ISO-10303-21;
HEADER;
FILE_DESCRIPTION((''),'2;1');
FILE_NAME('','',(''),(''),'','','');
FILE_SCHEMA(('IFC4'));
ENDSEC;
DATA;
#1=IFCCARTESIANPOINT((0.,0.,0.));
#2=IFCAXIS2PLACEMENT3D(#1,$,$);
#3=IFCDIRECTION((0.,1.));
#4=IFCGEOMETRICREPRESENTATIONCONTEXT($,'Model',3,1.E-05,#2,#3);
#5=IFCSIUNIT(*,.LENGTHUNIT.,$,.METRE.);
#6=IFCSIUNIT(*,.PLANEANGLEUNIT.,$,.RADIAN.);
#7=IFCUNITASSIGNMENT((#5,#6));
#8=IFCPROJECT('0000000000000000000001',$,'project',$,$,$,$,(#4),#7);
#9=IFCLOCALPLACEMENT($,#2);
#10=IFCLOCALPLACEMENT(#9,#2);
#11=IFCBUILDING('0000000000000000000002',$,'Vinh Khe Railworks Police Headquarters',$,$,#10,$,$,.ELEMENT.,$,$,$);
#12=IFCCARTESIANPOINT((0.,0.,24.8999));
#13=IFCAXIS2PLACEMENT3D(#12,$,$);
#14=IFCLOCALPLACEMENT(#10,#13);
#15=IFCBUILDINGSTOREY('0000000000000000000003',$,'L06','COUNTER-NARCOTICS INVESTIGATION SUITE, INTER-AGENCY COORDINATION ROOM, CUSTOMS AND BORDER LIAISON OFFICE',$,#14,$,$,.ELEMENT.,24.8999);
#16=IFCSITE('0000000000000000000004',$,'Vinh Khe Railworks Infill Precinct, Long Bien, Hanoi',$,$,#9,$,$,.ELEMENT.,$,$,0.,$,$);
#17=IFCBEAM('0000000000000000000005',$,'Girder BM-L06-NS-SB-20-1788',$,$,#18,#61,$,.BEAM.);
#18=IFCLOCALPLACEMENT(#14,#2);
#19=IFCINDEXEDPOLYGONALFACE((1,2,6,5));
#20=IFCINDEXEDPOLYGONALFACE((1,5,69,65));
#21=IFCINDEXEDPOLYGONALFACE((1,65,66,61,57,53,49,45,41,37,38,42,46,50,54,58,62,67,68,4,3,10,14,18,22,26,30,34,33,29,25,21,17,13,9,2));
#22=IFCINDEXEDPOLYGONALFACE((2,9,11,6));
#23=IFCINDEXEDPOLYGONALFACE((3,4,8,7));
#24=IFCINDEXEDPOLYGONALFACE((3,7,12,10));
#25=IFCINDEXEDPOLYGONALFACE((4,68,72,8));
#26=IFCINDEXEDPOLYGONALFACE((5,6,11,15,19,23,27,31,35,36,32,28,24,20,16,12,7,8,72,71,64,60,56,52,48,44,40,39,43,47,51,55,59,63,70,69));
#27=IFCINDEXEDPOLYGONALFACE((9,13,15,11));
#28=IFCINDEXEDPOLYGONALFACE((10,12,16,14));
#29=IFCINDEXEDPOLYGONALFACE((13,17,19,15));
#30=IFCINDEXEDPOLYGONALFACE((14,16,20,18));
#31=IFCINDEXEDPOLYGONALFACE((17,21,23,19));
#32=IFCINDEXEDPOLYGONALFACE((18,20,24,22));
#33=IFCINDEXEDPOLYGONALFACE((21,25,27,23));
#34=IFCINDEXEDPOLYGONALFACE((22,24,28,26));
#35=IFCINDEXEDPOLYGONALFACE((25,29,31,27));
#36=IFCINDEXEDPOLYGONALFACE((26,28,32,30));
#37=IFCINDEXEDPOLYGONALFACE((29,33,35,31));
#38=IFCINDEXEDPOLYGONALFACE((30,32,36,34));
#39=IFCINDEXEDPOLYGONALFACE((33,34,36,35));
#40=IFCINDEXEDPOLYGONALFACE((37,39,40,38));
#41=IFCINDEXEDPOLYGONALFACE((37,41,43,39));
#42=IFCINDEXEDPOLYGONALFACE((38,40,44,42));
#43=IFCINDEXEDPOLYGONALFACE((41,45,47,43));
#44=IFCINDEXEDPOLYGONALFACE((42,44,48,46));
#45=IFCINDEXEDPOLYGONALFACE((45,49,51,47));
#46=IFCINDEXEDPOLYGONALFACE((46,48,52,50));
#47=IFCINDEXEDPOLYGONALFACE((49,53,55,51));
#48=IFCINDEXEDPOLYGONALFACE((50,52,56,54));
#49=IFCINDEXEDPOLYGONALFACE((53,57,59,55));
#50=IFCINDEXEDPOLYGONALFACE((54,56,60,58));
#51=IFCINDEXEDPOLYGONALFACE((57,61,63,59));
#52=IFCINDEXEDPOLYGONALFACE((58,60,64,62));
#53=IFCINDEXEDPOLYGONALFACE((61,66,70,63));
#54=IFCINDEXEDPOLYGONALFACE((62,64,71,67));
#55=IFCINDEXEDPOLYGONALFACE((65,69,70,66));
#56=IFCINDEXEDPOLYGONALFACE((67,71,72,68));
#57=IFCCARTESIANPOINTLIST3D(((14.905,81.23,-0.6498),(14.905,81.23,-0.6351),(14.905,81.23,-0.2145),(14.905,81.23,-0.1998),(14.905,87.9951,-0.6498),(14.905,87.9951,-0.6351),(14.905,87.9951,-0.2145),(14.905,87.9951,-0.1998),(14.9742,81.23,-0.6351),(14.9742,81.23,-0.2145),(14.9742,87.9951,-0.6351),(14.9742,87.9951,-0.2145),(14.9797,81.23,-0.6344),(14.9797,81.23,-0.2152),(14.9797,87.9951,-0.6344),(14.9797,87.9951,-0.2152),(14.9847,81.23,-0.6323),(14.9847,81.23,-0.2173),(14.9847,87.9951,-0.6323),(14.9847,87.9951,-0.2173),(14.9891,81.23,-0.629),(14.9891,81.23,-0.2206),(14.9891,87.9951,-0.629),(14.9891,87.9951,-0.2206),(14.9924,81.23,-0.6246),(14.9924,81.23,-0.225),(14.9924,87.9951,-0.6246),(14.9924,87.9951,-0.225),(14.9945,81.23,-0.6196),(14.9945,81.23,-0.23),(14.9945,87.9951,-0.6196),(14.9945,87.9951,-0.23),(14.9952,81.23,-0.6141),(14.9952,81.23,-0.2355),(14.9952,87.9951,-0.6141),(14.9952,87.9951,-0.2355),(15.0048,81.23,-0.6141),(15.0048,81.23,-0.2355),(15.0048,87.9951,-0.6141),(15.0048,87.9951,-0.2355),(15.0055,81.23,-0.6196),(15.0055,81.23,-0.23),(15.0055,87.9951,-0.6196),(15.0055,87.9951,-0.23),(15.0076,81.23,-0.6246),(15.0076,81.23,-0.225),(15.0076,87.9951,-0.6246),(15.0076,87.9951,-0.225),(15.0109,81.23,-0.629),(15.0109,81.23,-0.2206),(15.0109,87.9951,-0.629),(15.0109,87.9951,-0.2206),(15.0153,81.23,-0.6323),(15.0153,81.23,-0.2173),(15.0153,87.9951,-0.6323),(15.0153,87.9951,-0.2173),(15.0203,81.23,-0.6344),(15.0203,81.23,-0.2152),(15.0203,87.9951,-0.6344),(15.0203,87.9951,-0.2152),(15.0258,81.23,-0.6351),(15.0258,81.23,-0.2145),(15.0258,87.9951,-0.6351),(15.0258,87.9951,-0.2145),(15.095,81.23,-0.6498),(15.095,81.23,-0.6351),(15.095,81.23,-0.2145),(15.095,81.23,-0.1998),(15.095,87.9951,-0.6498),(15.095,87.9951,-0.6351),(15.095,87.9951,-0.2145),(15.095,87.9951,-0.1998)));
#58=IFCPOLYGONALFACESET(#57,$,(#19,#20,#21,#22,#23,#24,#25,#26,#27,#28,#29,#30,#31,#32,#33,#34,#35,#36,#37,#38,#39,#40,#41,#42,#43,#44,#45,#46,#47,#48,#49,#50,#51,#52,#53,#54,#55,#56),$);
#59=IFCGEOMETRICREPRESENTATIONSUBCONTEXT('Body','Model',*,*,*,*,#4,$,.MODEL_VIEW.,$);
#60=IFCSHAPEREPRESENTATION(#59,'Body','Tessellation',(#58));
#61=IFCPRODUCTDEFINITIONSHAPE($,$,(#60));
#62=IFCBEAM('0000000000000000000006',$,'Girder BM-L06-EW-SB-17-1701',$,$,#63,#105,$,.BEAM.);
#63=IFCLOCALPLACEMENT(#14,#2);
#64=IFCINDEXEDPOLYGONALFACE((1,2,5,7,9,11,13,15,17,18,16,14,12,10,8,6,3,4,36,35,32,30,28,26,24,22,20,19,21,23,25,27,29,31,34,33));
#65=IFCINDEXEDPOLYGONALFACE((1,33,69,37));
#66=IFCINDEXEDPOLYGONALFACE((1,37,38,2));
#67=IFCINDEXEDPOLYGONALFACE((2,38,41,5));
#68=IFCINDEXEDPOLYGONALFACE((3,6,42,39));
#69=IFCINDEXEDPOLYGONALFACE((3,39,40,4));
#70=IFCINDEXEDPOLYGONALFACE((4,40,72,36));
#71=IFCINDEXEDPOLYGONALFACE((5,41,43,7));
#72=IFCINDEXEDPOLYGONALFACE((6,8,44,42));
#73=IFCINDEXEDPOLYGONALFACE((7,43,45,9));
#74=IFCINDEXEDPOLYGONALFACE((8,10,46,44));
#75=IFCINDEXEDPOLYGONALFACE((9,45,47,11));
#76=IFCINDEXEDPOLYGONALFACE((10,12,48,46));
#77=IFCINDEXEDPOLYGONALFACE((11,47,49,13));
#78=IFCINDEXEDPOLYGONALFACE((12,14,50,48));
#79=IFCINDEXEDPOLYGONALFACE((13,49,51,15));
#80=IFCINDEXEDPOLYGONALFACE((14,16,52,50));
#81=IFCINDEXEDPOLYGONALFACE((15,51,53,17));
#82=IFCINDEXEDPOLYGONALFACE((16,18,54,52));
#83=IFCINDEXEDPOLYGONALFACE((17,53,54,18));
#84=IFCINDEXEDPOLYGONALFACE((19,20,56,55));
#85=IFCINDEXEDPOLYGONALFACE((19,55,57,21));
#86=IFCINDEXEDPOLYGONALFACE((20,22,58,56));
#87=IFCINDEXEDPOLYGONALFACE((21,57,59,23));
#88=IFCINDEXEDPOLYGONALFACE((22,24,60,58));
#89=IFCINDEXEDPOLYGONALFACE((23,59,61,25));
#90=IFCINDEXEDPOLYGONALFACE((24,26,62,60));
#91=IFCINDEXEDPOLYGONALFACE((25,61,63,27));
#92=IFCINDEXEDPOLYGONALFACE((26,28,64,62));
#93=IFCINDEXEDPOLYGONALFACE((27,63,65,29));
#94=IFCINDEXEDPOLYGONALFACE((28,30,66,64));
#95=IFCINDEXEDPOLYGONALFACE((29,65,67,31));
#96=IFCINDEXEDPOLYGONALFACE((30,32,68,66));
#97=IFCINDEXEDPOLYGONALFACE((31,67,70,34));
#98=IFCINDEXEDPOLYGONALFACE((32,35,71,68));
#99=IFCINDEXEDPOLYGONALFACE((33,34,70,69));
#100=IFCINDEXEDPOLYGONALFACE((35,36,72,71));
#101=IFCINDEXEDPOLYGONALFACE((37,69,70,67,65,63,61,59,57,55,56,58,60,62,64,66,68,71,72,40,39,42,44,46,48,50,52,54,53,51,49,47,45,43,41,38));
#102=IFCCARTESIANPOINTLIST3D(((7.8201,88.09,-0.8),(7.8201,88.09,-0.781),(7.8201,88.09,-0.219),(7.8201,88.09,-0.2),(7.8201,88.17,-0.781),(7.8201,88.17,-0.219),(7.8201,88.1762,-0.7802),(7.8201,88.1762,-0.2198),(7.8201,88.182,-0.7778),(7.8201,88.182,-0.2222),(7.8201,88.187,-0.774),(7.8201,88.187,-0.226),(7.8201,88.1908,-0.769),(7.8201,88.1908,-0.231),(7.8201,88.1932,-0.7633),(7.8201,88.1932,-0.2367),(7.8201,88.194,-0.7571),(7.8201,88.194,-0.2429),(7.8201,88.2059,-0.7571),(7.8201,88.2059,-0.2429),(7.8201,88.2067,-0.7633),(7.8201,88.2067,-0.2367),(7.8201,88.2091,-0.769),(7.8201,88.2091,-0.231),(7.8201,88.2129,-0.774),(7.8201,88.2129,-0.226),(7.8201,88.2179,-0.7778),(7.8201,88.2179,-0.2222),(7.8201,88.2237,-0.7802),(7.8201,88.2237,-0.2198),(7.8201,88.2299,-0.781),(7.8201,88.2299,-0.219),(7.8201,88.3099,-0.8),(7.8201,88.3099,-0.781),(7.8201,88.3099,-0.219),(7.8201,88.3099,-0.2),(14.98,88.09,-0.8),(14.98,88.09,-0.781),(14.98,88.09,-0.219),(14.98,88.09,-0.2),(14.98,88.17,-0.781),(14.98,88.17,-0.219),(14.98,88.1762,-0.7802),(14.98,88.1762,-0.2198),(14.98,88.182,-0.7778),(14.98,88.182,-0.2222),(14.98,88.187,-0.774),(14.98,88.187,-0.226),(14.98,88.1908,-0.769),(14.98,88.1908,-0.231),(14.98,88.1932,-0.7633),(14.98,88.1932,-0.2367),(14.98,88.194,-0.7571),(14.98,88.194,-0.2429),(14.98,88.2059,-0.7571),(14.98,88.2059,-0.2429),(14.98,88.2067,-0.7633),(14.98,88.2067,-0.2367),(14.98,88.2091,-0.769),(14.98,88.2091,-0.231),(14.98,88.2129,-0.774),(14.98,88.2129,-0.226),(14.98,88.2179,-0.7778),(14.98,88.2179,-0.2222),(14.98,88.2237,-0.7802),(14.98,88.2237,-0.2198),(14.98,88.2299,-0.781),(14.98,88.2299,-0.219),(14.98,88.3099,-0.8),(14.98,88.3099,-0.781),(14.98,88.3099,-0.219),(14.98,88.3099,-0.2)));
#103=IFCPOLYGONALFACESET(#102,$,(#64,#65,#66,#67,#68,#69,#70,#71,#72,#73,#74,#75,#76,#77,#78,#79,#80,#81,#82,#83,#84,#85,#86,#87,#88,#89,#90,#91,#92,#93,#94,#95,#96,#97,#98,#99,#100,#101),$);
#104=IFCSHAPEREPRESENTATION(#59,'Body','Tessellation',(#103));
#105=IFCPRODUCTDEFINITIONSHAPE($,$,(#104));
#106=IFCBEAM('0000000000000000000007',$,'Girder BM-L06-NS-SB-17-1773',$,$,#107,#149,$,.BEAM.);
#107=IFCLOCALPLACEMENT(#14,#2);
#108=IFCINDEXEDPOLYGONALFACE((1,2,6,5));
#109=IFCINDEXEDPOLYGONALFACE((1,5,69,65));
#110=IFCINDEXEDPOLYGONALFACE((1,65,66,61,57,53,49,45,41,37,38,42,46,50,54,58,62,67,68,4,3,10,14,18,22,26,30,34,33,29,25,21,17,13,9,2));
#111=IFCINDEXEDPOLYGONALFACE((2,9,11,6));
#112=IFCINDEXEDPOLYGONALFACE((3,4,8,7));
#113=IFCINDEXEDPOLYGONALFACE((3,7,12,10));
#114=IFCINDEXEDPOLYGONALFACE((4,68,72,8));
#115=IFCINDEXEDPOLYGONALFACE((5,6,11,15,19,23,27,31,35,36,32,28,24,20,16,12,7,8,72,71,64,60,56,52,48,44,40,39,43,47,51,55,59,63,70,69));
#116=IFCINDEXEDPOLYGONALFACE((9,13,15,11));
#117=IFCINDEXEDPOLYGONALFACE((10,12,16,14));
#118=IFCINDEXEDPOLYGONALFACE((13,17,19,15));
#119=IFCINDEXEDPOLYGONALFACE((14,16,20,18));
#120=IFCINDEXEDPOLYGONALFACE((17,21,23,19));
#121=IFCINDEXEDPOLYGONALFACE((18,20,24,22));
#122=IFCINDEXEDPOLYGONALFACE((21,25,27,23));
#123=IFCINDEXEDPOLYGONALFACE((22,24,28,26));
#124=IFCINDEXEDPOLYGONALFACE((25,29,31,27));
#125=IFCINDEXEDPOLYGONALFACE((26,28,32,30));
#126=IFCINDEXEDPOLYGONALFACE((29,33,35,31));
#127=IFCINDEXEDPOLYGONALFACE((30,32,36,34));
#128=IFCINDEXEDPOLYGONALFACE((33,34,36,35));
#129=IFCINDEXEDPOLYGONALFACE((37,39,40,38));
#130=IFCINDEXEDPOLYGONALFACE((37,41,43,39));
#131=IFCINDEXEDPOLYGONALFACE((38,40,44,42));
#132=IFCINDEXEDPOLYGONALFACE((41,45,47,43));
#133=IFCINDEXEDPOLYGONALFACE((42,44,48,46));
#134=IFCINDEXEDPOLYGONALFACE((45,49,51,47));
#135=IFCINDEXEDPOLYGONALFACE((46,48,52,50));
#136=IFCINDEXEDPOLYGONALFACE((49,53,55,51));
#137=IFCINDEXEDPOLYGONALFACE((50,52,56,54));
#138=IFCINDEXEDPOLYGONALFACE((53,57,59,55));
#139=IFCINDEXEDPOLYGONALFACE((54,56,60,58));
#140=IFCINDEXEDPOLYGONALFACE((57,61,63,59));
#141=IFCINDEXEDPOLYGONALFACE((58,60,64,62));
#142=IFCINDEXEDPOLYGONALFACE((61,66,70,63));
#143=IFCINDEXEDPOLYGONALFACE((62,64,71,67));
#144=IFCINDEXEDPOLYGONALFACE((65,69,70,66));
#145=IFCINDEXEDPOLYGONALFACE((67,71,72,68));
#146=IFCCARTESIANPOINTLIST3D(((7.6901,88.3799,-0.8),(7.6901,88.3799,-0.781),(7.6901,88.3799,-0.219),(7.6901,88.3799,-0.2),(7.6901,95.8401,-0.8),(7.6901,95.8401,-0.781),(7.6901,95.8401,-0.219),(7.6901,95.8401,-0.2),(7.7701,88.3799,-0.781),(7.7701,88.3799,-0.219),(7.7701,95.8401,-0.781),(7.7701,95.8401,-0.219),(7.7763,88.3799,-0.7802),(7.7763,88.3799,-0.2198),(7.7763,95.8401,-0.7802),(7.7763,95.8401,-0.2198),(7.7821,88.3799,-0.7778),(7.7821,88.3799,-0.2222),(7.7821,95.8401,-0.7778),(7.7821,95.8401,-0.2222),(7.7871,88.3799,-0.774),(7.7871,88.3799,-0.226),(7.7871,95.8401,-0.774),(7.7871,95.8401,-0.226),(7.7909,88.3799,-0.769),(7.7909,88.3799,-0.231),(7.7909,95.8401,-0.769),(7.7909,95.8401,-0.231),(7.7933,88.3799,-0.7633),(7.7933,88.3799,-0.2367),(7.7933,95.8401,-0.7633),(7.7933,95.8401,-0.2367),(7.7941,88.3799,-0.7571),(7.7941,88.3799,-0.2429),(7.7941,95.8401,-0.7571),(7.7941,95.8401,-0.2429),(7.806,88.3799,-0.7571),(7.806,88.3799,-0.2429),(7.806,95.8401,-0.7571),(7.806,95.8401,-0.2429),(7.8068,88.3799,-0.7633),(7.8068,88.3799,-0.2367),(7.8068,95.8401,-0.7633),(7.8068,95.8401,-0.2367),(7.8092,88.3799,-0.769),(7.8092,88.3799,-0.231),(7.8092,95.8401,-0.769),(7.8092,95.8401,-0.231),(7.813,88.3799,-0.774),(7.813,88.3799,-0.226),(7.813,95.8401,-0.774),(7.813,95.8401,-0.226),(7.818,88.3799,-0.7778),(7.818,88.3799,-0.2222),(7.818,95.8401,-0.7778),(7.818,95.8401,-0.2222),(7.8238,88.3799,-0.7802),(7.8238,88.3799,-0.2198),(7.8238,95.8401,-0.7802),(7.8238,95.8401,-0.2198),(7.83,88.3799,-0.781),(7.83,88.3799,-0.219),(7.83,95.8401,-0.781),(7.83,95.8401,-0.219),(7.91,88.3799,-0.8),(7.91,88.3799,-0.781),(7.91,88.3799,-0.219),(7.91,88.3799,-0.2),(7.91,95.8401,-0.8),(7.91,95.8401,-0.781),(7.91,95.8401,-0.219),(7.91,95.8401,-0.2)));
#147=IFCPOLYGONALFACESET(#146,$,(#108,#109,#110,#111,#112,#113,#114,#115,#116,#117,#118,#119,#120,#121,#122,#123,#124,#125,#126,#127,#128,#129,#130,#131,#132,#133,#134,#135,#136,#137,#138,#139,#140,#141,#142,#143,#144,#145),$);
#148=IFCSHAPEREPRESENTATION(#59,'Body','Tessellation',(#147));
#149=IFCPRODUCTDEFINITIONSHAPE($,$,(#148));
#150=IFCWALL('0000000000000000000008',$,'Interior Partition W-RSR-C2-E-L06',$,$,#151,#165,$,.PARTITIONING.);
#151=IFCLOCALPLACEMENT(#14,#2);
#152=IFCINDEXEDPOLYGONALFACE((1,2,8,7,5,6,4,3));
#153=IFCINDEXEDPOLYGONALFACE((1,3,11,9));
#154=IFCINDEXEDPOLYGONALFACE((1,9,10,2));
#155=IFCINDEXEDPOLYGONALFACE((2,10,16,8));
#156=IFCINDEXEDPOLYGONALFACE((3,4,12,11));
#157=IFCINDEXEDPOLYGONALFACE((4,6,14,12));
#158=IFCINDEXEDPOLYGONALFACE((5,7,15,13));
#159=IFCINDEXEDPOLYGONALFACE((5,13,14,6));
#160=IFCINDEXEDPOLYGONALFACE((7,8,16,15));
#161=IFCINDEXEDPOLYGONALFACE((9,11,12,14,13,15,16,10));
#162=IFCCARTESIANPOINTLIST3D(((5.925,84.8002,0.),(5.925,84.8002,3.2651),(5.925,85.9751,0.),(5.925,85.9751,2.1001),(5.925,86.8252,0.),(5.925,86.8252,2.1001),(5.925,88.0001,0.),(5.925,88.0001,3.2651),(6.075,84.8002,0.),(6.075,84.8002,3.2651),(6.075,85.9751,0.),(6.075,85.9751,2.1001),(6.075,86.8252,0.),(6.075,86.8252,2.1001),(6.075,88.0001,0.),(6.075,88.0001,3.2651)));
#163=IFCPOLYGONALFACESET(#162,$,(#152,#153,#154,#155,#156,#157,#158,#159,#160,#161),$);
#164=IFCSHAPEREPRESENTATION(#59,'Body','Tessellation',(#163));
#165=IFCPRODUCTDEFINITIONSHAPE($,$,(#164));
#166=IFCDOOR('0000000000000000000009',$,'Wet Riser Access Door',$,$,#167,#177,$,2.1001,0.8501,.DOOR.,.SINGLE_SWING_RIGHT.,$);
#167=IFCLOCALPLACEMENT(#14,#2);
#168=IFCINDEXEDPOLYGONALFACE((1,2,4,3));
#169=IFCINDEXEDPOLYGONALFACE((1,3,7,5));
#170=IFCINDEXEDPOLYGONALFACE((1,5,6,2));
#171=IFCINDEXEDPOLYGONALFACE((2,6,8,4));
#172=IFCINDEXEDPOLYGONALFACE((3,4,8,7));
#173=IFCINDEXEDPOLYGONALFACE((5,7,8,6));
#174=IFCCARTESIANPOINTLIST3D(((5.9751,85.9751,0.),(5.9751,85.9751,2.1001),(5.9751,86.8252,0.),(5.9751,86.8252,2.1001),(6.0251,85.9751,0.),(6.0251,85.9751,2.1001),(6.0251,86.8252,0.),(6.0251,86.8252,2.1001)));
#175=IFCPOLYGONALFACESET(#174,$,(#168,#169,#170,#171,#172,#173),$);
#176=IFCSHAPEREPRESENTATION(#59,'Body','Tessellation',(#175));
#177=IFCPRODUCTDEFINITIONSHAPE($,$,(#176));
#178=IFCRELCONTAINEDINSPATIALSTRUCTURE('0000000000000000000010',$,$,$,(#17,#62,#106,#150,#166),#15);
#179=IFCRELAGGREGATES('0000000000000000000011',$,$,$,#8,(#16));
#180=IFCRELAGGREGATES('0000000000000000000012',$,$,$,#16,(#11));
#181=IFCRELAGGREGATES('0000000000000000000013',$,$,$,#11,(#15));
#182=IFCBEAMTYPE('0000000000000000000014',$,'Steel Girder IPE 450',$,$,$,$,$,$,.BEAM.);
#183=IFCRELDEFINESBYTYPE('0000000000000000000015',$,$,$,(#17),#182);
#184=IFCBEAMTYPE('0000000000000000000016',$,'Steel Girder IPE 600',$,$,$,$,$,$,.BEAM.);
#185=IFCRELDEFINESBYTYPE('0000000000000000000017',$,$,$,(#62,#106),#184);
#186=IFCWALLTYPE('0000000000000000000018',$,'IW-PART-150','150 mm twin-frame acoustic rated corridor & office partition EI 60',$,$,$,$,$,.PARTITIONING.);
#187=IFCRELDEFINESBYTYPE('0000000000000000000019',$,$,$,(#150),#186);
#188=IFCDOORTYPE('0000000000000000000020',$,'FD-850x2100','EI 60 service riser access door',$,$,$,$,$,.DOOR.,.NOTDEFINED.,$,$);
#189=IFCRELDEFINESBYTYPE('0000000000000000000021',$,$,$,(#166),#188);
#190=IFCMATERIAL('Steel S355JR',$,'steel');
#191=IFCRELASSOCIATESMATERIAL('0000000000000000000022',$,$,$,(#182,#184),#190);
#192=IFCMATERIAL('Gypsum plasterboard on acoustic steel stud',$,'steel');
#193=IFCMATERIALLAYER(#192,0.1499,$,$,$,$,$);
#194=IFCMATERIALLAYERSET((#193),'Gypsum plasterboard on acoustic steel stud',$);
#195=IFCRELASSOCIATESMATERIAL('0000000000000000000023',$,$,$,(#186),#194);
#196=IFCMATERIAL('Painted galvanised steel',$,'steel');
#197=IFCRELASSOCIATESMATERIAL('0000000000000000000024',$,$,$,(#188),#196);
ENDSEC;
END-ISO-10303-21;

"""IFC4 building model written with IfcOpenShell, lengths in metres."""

from ifc_helpers import new_model, si_unit, direction, frame, frame_2d, origin, origin_2d, place, context, subcontext, project, spatial, rectangle, i_section, extrude, material, layer, layer_set, material_profile, profile_set, type_object, element, fill, save


model = new_model("IFC4")

# Units and contexts
model_context = context("Model", 3, precision=1e-05, world=origin(), true_north=direction((0.0, 1.0)))
body_context = subcontext(model_context, "Body", "Model", "MODEL_VIEW")
ifc_project = project(units=[si_unit("LENGTHUNIT", "METRE"), si_unit("PLANEANGLEUNIT", "RADIAN")], contexts=[model_context])

# Site, building, storey
site_placement = place(None, origin())
site = spatial("IfcSite", under=ifc_project, at=site_placement, Name="Vinh Khe Railworks Infill Precinct, Long Bien, Hanoi", CompositionType="ELEMENT", RefElevation=0.0)
building_placement = place(site_placement, origin())
building = spatial("IfcBuilding", under=site, at=building_placement, Name="Vinh Khe Railworks Police Headquarters", CompositionType="ELEMENT")
storey_placement = place(building_placement, frame((0.0, 0.0, 24.8999)))
storey = spatial("IfcBuildingStorey", under=building, at=storey_placement, Name="L06", Description="COUNTER-NARCOTICS INVESTIGATION SUITE, INTER-AGENCY COORDINATION ROOM, CUSTOMS AND BORDER LIAISON OFFICE", CompositionType="ELEMENT", Elevation=24.8999)

# Shared definitions
ifc_material_1 = material(Name="Steel S355JR", Category="steel")

# Beams
ifc_material_profile_1 = material_profile(ifc_material_1, i_section(OverallWidth=0.1899, OverallDepth=0.45, WebThickness=0.0095, FlangeThickness=0.0146, FilletRadius=0.021, at=origin_2d()), Name="IPE 450")
ifc_profile_set_1 = profile_set([ifc_material_profile_1], Name="Steel S355JR")
beam_type_1 = type_object("IfcBeamType", Name="Steel Girder IPE 450", PredefinedType="BEAM", material=ifc_profile_set_1)
beam_1_placement = place(storey_placement, frame((15.0, 81.23, -0.4248), z_axis=(0.0, 1.0, 0.0), x_axis=(-1.0, 0.0, 0.0)))
element("IfcBeam", 1, at=beam_1_placement, inside=storey, type_object=beam_type_1, Name="Girder BM-L06-NS-SB-20-1788", PredefinedType="BEAM", context=body_context, shape_type="SweptSolid", body=[
    extrude(i_section(OverallWidth=0.1899, OverallDepth=0.45, WebThickness=0.0095, FlangeThickness=0.0146, FilletRadius=0.021, at=origin_2d()), origin(), (0.0, 0.0, 1.0), 6.7651),
])
ifc_material_profile_2 = material_profile(ifc_material_1, i_section(OverallWidth=0.22, OverallDepth=0.6001, WebThickness=0.012, FlangeThickness=0.019, FilletRadius=0.0239, at=origin_2d()), Name="IPE 600")
ifc_profile_set_2 = profile_set([ifc_material_profile_2], Name="Steel S355JR")
beam_type_2 = type_object("IfcBeamType", Name="Steel Girder IPE 600", PredefinedType="BEAM", material=ifc_profile_set_2)
beam_2_placement = place(storey_placement, frame((7.8201, 88.2, -0.5), z_axis=(1.0, 0.0, 0.0), x_axis=(0.0, 1.0, 0.0)))
element("IfcBeam", 2, at=beam_2_placement, inside=storey, type_object=beam_type_2, Name="Girder BM-L06-EW-SB-17-1701", PredefinedType="BEAM", context=body_context, shape_type="SweptSolid", body=[
    extrude(i_section(OverallWidth=0.22, OverallDepth=0.6001, WebThickness=0.012, FlangeThickness=0.019, FilletRadius=0.0239, at=origin_2d()), origin(), (0.0, 0.0, 1.0), 7.1599),
])
beam_3_placement = place(storey_placement, frame((7.8, 88.3799, -0.5), z_axis=(0.0, 1.0, 0.0), x_axis=(-1.0, 0.0, 0.0)))
element("IfcBeam", 3, at=beam_3_placement, inside=storey, type_object=beam_type_2, Name="Girder BM-L06-NS-SB-17-1773", PredefinedType="BEAM", context=body_context, shape_type="SweptSolid", body=[
    extrude(i_section(OverallWidth=0.22, OverallDepth=0.6001, WebThickness=0.012, FlangeThickness=0.019, FilletRadius=0.0239, at=origin_2d()), origin(), (0.0, 0.0, 1.0), 7.4602),
])

# Wall, opening, door
ifc_material_2 = material(Name="Painted galvanised steel", Category="steel")
ifc_material_3 = material(Name="Gypsum plasterboard on acoustic steel stud", Category="steel")
ifc_layer_1 = layer(ifc_material_3, 0.1499)
ifc_layer_set_1 = layer_set([ifc_layer_1], Name="Gypsum plasterboard on acoustic steel stud")
wall_type_1 = type_object("IfcWallType", Name="IW-PART-150", Description="150 mm twin-frame acoustic rated corridor & office partition EI 60", PredefinedType="PARTITIONING", material=ifc_layer_set_1)
wall_1_placement = place(storey_placement, frame((6.0, 84.8, 0.0), z_axis=(0.0, 0.0, 1.0), x_axis=(0.0, 1.0, 0.0)))
wall_1 = element("IfcWall", 4, at=wall_1_placement, inside=storey, type_object=wall_type_1, Name="Interior Partition W-RSR-C2-E-L06", PredefinedType="PARTITIONING", context=body_context, shape_type="SweptSolid", body=[
    extrude(rectangle(XDim=3.2, YDim=0.1499, at=frame_2d((1.6001, 0.0))), origin(), (0.0, 0.0, 1.0), 3.2651),
])
opening_1_placement = place(wall_1_placement, frame((1.175, 0.0, 0.0)))
opening_1 = element("IfcOpeningElement", 5, at=opening_1_placement, cuts=wall_1, PredefinedType="OPENING", context=body_context, shape_type="SweptSolid", body=[
    extrude(rectangle(XDim=0.8501, YDim=2.1001, at=frame_2d((0.425, 1.05))), frame((0.0, 0.0898, 0.0), z_axis=(0.0, -1.0, 0.0), x_axis=(1.0, 0.0, 0.0)), (0.0, 0.0, 1.0), 0.1797),
])
door_type_1 = type_object("IfcDoorType", Name="FD-850x2100", Description="EI 60 service riser access door", OperationType="NOTDEFINED", PredefinedType="DOOR", material=ifc_material_2)
door_1_placement = place(opening_1_placement, origin())
door_1 = element("IfcDoor", 6, at=door_1_placement, inside=storey, type_object=door_type_1, Name="Wet Riser Access Door", OperationType="SINGLE_SWING_RIGHT", OverallHeight=2.1001, OverallWidth=0.8501, PredefinedType="DOOR", context=body_context, shape_type="SweptSolid", body=[
    extrude(rectangle(XDim=0.8501, YDim=2.1001, at=frame_2d((0.425, 1.05))), frame((0.0, 0.0249, 0.0), z_axis=(0.0, -1.0, 0.0), x_axis=(1.0, 0.0, 0.0)), (0.0, 0.0, 1.0), 0.05),
])
fill(opening_1, door_1)

save(model, "model.ifc")
